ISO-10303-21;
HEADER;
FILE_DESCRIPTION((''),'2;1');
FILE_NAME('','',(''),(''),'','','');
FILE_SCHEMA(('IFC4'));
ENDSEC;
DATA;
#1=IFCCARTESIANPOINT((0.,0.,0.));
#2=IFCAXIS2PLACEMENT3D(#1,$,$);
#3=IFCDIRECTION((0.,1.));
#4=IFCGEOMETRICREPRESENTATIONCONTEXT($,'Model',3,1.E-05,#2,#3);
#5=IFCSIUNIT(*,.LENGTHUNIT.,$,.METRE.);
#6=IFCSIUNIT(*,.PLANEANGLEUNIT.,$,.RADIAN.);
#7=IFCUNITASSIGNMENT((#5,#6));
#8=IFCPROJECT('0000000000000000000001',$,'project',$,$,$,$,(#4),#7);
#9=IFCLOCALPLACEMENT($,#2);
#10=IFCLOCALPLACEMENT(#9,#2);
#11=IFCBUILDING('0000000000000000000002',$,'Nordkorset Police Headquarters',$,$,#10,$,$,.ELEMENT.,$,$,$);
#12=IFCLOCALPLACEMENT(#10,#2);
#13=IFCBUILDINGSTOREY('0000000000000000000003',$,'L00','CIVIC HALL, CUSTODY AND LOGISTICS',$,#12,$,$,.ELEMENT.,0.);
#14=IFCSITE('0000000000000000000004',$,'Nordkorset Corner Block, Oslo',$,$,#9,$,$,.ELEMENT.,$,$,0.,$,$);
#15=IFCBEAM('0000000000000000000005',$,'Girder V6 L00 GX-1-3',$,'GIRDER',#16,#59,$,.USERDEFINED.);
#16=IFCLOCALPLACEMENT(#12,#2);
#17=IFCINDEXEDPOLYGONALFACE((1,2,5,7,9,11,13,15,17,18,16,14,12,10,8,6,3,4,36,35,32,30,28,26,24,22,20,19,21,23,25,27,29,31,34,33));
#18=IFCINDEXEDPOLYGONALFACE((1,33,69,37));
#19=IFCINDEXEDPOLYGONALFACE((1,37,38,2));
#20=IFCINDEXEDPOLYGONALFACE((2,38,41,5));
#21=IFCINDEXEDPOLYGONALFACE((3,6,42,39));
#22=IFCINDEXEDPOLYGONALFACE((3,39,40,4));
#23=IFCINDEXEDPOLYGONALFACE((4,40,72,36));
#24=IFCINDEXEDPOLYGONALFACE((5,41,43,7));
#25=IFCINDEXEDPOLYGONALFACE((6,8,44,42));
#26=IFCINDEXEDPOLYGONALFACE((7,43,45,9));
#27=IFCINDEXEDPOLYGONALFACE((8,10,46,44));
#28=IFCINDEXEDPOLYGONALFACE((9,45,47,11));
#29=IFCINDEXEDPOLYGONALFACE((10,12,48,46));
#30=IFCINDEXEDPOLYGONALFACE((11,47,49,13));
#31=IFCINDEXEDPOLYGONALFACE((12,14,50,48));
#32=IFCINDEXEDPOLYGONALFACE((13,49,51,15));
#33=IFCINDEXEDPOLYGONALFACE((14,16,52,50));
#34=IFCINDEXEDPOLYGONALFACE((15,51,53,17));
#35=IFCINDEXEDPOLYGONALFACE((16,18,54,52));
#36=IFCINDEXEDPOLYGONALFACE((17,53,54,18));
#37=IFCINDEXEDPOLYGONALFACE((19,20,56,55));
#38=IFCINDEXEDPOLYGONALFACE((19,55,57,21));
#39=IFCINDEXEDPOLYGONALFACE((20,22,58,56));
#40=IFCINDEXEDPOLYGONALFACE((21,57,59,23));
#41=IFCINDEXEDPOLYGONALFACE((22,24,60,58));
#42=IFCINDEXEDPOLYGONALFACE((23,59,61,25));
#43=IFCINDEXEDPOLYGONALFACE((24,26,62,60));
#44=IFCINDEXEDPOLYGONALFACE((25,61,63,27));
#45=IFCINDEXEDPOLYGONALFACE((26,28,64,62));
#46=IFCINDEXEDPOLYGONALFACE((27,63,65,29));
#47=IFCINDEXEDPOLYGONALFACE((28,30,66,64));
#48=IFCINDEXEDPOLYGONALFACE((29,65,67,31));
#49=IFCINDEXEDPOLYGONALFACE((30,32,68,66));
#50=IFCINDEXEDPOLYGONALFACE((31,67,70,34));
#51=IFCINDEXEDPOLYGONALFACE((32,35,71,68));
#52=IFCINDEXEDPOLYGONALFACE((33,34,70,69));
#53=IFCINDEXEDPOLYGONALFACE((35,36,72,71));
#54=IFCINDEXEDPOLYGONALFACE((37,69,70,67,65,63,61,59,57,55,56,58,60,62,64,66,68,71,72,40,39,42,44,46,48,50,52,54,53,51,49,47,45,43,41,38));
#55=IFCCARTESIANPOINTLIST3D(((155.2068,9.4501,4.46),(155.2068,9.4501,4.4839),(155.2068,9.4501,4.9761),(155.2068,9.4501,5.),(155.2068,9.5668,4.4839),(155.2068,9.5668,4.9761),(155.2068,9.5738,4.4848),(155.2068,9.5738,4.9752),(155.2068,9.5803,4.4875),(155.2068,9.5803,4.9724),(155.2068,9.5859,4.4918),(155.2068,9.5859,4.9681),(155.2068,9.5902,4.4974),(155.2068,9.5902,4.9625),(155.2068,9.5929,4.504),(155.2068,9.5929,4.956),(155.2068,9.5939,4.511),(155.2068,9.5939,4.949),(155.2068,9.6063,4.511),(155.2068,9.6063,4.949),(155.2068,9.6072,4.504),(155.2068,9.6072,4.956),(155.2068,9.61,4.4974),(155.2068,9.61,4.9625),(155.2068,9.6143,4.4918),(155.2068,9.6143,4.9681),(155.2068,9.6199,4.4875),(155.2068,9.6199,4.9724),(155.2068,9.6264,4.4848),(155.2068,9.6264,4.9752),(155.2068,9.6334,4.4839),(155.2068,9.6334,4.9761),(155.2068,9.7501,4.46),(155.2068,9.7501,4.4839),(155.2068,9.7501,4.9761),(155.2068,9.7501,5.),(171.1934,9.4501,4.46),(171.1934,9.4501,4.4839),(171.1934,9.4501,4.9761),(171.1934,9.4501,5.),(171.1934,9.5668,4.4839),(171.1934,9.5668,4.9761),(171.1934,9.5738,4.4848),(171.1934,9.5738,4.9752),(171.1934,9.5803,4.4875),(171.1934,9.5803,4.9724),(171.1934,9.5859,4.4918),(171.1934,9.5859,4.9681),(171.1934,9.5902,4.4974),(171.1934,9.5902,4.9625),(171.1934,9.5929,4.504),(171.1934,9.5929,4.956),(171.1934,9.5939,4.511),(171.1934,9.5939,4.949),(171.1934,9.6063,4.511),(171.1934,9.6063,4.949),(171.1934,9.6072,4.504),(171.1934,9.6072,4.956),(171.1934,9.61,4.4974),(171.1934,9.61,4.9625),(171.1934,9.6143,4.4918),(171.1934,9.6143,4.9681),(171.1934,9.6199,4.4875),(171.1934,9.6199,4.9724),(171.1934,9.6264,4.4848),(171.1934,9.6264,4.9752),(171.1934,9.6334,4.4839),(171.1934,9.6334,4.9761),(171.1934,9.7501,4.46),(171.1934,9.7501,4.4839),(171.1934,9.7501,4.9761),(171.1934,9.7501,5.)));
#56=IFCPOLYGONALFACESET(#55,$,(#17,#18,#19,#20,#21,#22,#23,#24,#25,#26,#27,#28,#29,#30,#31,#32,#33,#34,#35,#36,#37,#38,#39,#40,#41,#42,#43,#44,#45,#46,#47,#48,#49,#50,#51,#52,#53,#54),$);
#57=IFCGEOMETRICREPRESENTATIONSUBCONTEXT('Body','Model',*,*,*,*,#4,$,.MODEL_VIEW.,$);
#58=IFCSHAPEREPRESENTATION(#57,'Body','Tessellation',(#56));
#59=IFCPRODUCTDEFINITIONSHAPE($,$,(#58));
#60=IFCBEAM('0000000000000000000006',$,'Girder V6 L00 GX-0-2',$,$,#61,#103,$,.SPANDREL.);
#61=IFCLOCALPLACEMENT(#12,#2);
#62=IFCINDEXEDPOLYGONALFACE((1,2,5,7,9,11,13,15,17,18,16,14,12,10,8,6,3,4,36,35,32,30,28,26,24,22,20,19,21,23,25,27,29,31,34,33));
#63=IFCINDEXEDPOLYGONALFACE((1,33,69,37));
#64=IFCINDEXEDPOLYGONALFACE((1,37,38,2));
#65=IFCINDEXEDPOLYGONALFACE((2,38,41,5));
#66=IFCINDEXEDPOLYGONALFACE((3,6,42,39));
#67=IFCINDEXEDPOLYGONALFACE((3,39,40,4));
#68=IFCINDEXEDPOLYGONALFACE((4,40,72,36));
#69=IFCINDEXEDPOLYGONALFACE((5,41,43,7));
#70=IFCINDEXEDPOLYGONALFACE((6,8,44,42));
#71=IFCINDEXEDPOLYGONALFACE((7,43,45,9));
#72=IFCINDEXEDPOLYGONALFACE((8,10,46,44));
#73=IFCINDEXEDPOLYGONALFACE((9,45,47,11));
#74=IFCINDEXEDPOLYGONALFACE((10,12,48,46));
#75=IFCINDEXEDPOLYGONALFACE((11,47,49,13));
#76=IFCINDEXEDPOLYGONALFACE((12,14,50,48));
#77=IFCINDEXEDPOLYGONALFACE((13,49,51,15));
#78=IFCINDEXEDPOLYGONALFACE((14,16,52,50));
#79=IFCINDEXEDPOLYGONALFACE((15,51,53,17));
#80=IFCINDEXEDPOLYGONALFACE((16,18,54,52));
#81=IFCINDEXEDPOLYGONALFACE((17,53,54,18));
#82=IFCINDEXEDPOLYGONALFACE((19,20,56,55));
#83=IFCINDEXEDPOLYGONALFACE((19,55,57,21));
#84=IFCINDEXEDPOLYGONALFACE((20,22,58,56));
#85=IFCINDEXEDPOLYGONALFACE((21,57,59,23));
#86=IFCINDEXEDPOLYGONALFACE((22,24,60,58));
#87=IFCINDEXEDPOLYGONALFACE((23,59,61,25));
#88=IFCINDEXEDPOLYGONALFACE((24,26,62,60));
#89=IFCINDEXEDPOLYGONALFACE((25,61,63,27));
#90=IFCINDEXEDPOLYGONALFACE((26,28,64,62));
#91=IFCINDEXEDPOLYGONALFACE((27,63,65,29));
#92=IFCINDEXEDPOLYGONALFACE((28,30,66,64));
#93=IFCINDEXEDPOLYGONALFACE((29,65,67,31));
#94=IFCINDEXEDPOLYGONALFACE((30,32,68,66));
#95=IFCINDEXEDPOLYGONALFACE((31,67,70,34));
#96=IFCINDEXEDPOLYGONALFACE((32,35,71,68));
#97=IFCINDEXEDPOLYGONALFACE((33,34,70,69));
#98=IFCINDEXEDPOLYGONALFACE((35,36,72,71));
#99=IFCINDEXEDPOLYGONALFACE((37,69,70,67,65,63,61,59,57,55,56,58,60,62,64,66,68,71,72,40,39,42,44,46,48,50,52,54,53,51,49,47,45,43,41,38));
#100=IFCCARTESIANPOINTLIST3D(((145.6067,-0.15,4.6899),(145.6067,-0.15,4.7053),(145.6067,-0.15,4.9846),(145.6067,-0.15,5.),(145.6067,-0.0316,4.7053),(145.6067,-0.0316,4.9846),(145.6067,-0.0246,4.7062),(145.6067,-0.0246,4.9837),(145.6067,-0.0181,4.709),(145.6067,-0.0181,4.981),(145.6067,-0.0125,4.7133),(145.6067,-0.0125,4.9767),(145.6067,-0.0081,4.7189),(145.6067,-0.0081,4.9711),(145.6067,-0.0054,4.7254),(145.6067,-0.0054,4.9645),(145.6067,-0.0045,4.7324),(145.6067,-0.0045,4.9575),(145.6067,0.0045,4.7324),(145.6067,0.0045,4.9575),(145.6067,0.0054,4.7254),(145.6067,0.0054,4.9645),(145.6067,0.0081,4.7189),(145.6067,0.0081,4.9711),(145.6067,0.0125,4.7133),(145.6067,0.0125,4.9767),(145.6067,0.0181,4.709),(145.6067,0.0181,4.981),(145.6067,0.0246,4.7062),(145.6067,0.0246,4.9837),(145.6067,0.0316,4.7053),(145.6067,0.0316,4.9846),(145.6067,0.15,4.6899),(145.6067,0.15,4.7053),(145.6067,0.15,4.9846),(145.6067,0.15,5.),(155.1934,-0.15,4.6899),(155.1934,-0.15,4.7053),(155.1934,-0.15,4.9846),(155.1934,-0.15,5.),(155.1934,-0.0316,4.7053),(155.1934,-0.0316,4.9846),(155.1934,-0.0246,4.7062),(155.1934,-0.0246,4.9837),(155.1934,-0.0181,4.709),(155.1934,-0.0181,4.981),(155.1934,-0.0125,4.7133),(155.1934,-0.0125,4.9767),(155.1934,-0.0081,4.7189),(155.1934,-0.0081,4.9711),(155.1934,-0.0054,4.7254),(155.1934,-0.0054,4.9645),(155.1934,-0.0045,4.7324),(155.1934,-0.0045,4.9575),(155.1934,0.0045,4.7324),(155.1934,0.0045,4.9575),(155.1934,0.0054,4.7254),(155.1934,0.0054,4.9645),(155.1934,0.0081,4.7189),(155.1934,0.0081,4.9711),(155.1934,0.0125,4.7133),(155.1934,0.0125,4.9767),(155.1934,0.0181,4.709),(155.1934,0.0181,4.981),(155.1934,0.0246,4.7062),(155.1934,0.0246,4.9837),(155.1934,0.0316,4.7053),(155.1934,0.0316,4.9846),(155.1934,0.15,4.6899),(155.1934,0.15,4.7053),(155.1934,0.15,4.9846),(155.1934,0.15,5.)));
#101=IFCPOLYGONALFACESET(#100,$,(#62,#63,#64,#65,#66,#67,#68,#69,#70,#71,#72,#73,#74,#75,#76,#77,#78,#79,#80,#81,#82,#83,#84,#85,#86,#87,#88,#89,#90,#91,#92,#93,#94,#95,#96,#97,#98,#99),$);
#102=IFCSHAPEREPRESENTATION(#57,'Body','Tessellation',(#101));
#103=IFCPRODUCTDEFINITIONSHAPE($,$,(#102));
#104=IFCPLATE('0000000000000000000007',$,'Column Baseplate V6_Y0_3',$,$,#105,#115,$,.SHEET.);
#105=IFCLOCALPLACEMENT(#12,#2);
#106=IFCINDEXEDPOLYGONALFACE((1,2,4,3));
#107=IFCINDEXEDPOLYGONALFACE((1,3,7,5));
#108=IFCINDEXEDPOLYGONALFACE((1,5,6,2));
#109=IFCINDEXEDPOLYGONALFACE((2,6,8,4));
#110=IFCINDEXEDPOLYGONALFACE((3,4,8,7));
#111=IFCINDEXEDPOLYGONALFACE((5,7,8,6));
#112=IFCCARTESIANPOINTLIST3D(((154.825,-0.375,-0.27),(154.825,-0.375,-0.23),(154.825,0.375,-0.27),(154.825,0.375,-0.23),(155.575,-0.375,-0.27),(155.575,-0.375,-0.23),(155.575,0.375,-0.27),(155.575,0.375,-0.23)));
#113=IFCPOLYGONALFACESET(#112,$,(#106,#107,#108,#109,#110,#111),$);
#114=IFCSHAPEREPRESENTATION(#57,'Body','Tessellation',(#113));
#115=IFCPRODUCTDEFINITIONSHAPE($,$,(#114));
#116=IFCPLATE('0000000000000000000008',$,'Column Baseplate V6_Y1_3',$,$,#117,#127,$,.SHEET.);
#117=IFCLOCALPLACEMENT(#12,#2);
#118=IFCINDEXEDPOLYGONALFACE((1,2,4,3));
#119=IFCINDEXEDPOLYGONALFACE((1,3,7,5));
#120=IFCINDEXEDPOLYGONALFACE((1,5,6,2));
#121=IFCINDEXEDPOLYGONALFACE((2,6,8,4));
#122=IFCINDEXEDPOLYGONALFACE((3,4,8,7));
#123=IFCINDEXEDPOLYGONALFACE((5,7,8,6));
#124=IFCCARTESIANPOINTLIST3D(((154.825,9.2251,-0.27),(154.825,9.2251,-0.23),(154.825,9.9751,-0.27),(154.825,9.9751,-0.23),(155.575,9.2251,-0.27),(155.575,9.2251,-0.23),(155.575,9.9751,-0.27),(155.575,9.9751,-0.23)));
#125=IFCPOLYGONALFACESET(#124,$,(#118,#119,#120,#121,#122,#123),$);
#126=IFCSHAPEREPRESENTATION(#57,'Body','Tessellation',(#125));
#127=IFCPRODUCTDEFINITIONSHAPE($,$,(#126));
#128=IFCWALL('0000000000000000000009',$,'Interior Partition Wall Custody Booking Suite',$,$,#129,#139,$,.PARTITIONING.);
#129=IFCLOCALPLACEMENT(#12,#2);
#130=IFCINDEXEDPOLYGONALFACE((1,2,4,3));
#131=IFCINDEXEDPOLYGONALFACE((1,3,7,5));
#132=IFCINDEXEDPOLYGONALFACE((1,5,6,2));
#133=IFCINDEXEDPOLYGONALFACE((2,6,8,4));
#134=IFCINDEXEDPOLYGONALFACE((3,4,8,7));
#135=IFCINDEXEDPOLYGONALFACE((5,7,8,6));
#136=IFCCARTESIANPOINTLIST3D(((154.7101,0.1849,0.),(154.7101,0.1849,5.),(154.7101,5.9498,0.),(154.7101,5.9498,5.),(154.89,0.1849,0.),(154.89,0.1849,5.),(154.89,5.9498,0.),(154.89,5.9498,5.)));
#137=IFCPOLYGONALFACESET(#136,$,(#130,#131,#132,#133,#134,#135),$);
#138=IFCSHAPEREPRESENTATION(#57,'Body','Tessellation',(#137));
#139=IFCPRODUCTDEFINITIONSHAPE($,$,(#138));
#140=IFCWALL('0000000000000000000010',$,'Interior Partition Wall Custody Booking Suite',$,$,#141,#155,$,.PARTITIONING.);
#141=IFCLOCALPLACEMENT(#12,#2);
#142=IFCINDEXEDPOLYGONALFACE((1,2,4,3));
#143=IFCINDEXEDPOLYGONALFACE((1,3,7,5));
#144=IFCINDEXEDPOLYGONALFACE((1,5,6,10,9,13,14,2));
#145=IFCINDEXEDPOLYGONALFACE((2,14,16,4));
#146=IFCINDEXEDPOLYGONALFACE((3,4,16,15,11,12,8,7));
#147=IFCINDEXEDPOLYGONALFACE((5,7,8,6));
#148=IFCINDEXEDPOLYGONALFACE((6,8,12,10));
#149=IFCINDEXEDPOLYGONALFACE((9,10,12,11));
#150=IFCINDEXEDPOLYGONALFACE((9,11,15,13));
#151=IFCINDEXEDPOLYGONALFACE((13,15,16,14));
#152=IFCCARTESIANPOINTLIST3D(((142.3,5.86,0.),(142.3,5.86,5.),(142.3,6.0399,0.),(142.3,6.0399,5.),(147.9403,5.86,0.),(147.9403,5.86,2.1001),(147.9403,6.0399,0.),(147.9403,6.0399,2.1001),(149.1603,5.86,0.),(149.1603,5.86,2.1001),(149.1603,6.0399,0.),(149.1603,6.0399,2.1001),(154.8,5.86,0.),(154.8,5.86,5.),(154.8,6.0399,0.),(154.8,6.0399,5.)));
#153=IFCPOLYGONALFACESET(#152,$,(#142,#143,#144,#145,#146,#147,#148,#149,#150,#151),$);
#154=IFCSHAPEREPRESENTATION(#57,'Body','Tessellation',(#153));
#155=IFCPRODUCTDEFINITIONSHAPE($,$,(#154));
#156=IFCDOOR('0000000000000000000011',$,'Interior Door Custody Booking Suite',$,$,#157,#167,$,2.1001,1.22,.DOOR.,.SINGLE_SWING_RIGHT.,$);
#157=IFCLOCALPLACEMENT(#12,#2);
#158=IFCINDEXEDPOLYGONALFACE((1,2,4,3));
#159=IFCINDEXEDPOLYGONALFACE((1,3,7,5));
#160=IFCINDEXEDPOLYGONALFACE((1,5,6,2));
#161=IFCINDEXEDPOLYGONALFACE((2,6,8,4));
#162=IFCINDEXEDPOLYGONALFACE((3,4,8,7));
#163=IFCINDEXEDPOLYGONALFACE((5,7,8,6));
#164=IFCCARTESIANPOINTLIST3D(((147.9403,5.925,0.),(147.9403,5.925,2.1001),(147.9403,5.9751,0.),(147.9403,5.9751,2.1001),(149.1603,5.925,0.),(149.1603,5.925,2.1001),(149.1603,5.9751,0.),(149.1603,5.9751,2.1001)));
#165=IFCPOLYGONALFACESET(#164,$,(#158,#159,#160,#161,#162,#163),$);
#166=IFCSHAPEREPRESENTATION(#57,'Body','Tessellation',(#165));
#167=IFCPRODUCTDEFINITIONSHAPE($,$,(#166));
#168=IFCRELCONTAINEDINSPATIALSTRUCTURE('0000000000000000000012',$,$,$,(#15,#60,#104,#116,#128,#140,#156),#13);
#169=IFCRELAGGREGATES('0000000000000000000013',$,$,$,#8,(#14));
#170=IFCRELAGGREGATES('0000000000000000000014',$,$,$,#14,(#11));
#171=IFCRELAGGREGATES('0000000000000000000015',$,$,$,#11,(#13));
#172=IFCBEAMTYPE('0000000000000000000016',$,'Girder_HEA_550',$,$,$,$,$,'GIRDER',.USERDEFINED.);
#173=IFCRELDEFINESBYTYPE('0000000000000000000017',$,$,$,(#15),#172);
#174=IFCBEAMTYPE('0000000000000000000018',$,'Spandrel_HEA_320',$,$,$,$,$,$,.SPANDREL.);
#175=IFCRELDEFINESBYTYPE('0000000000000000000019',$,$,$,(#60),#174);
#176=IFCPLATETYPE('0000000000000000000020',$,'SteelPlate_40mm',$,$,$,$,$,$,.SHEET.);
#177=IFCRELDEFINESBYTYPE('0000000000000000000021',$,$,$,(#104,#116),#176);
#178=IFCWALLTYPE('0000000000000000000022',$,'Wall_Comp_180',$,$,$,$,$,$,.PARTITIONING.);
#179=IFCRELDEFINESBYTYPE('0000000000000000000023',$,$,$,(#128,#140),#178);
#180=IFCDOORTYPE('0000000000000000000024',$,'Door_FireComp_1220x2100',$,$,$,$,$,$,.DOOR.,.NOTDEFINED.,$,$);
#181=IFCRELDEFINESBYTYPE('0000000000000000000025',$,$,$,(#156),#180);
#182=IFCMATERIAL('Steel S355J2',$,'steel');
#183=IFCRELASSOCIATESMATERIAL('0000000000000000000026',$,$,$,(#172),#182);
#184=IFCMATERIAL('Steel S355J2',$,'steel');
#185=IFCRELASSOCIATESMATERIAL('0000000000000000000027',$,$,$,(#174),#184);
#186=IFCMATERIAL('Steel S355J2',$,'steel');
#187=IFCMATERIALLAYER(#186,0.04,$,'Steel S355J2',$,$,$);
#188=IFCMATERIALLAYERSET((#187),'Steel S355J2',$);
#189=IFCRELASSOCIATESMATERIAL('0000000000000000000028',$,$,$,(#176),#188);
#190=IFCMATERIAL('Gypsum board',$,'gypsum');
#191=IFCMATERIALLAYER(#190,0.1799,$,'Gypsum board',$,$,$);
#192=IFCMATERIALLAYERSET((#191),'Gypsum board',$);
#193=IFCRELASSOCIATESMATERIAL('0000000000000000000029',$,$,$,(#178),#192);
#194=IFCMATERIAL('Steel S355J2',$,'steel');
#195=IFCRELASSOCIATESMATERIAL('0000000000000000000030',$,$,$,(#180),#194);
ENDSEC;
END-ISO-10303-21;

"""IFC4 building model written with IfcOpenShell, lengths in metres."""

from ifc_helpers import new_model, si_unit, direction, frame, frame_2d, origin, origin_2d, place, context, subcontext, project, spatial, rectangle, i_section, extrude, material, layer, layer_set, material_profile, profile_set, type_object, element, fill, save


model = new_model("IFC4")

# Units and contexts
model_context = context("Model", 3, precision=1e-05, world=origin(), true_north=direction((0.0, 1.0)))
body_context = subcontext(model_context, "Body", "Model", "MODEL_VIEW")
ifc_project = project(units=[si_unit("LENGTHUNIT", "METRE"), si_unit("PLANEANGLEUNIT", "RADIAN")], contexts=[model_context])

# Site, building, storey
site_placement = place(None, origin())
site = spatial("IfcSite", under=ifc_project, at=site_placement, Name="Nordkorset Corner Block, Oslo", CompositionType="ELEMENT", RefElevation=0.0)
building_placement = place(site_placement, origin())
building = spatial("IfcBuilding", under=site, at=building_placement, Name="Nordkorset Police Headquarters", CompositionType="ELEMENT")
storey_placement = place(building_placement, origin())
storey = spatial("IfcBuildingStorey", under=building, at=storey_placement, Name="L00", Description="CIVIC HALL, CUSTODY AND LOGISTICS", CompositionType="ELEMENT", Elevation=0.0)

# Beams
ifc_material_1 = material(Name="Steel S355J2", Category="steel")
ifc_material_profile_1 = material_profile(ifc_material_1, i_section(OverallWidth=0.3, OverallDepth=0.54, WebThickness=0.0125, FlangeThickness=0.0239, FilletRadius=0.0271, at=origin_2d()), Name="HEA 550")
ifc_profile_set_1 = profile_set([ifc_material_profile_1], Name="Steel S355J2")
beam_type_1 = type_object("IfcBeamType", Name="Girder_HEA_550", ElementType="GIRDER", PredefinedType="USERDEFINED", material=ifc_profile_set_1)
beam_1_placement = place(storey_placement, frame((155.2068, 9.6001, 4.73), z_axis=(1.0, 0.0, 0.0), x_axis=(0.0, 1.0, 0.0)))
element("IfcBeam", 1, at=beam_1_placement, inside=storey, type_object=beam_type_1, Name="Girder V6 L00 GX-1-3", ObjectType="GIRDER", PredefinedType="USERDEFINED", context=body_context, shape_type="SweptSolid", body=[
    extrude(i_section(OverallWidth=0.3, OverallDepth=0.54, WebThickness=0.0125, FlangeThickness=0.0239, FilletRadius=0.0271, at=origin_2d()), origin(), (0.0, 0.0, 1.0), 15.9866),
])
ifc_material_2 = material(Name="Steel S355J2", Category="steel")
ifc_material_profile_2 = material_profile(ifc_material_2, i_section(OverallWidth=0.3, OverallDepth=0.3101, WebThickness=0.009, FlangeThickness=0.0154, FilletRadius=0.0271, at=origin_2d()), Name="HEA 320")
ifc_profile_set_2 = profile_set([ifc_material_profile_2], Name="Steel S355J2")
beam_type_2 = type_object("IfcBeamType", Name="Spandrel_HEA_320", PredefinedType="SPANDREL", material=ifc_profile_set_2)
beam_2_placement = place(storey_placement, frame((145.6067, 0.0, 4.845), z_axis=(1.0, 0.0, 0.0), x_axis=(0.0, 1.0, 0.0)))
element("IfcBeam", 2, at=beam_2_placement, inside=storey, type_object=beam_type_2, Name="Girder V6 L00 GX-0-2", PredefinedType="SPANDREL", context=body_context, shape_type="SweptSolid", body=[
    extrude(i_section(OverallWidth=0.3, OverallDepth=0.3101, WebThickness=0.009, FlangeThickness=0.0154, FilletRadius=0.0271, at=origin_2d()), origin(), (0.0, 0.0, 1.0), 9.5867),
])

# Plates
ifc_material_3 = material(Name="Steel S355J2", Category="steel")
ifc_layer_1 = layer(ifc_material_3, 0.04, Name="Steel S355J2")
ifc_layer_set_1 = layer_set([ifc_layer_1], Name="Steel S355J2")
plate_type = type_object("IfcPlateType", Name="SteelPlate_40mm", PredefinedType="SHEET", material=ifc_layer_set_1)
for number, where, z_axis, x_axis, name in (
    (3, (155.2, 0.0, -0.27), (0.0, 0.0, 1.0), (1.0, 0.0, 0.0), "Column Baseplate V6_Y0_3"),
    (4, (155.2, 9.6001, -0.27), (0.0, 0.0, 1.0), (1.0, 0.0, 0.0), "Column Baseplate V6_Y1_3"),
):
    element("IfcPlate", number, at=place(storey_placement, frame(where, z_axis=z_axis, x_axis=x_axis)), inside=storey, type_object=plate_type, Name=name, PredefinedType="SHEET", context=body_context, shape_type="SweptSolid", body=[
        extrude(rectangle(XDim=0.75, YDim=0.75, at=origin_2d()), origin(), (0.0, 0.0, 1.0), 0.04),
    ])

# Wall
ifc_material_4 = material(Name="Gypsum board", Category="gypsum")
ifc_layer_2 = layer(ifc_material_4, 0.1799, Name="Gypsum board")
ifc_layer_set_2 = layer_set([ifc_layer_2], Name="Gypsum board")
wall_type_1 = type_object("IfcWallType", Name="Wall_Comp_180", PredefinedType="PARTITIONING", material=ifc_layer_set_2)
wall_1_placement = place(storey_placement, frame((154.8, 0.1851, 0.0), z_axis=(0.0, 0.0, 1.0), x_axis=(0.0, 1.0, 0.0)))
element("IfcWall", 5, at=wall_1_placement, inside=storey, type_object=wall_type_1, Name="Interior Partition Wall Custody Booking Suite", PredefinedType="PARTITIONING", context=body_context, shape_type="SweptSolid", body=[
    extrude(rectangle(XDim=5.7649, YDim=0.1799, at=frame_2d((2.8823, 0.0))), origin(), (0.0, 0.0, 1.0), 5.0),
])

# Wall, opening, door
wall_2_placement = place(storey_placement, frame((154.8, 5.95, 0.0), z_axis=(0.0, 0.0, 1.0), x_axis=(-1.0, 0.0, 0.0)))
wall_2 = element("IfcWall", 6, at=wall_2_placement, inside=storey, type_object=wall_type_1, Name="Interior Partition Wall Custody Booking Suite", PredefinedType="PARTITIONING", context=body_context, shape_type="SweptSolid", body=[
    extrude(rectangle(XDim=12.5, YDim=0.1799, at=frame_2d((6.25, 0.0))), origin(), (0.0, 0.0, 1.0), 5.0),
])
opening_1_placement = place(wall_2_placement, frame((5.6399, 0.0, 0.0)))
opening_1 = element("IfcOpeningElement", 7, at=opening_1_placement, cuts=wall_2, PredefinedType="OPENING", context=body_context, shape_type="SweptSolid", body=[
    extrude(rectangle(XDim=1.22, YDim=2.1001, at=frame_2d((0.6099, 1.05))), frame((0.0, 0.1001, 0.0), z_axis=(0.0, -1.0, 0.0), x_axis=(1.0, 0.0, 0.0)), (0.0, 0.0, 1.0), 0.2),
])
ifc_material_5 = material(Name="Steel S355J2", Category="steel")
door_type_1 = type_object("IfcDoorType", Name="Door_FireComp_1220x2100", OperationType="NOTDEFINED", PredefinedType="DOOR", material=ifc_material_5)
door_1_placement = place(opening_1_placement, origin())
door_1 = element("IfcDoor", 8, at=door_1_placement, inside=storey, type_object=door_type_1, Name="Interior Door Custody Booking Suite", OperationType="SINGLE_SWING_RIGHT", OverallHeight=2.1001, OverallWidth=1.22, PredefinedType="DOOR", context=body_context, shape_type="SweptSolid", body=[
    extrude(rectangle(XDim=1.22, YDim=2.1001, at=frame_2d((0.6099, 1.05))), frame((0.0, 0.0249, 0.0), z_axis=(0.0, -1.0, 0.0), x_axis=(1.0, 0.0, 0.0)), (0.0, 0.0, 1.0), 0.05),
])
fill(opening_1, door_1)

save(model, "model.ifc")
